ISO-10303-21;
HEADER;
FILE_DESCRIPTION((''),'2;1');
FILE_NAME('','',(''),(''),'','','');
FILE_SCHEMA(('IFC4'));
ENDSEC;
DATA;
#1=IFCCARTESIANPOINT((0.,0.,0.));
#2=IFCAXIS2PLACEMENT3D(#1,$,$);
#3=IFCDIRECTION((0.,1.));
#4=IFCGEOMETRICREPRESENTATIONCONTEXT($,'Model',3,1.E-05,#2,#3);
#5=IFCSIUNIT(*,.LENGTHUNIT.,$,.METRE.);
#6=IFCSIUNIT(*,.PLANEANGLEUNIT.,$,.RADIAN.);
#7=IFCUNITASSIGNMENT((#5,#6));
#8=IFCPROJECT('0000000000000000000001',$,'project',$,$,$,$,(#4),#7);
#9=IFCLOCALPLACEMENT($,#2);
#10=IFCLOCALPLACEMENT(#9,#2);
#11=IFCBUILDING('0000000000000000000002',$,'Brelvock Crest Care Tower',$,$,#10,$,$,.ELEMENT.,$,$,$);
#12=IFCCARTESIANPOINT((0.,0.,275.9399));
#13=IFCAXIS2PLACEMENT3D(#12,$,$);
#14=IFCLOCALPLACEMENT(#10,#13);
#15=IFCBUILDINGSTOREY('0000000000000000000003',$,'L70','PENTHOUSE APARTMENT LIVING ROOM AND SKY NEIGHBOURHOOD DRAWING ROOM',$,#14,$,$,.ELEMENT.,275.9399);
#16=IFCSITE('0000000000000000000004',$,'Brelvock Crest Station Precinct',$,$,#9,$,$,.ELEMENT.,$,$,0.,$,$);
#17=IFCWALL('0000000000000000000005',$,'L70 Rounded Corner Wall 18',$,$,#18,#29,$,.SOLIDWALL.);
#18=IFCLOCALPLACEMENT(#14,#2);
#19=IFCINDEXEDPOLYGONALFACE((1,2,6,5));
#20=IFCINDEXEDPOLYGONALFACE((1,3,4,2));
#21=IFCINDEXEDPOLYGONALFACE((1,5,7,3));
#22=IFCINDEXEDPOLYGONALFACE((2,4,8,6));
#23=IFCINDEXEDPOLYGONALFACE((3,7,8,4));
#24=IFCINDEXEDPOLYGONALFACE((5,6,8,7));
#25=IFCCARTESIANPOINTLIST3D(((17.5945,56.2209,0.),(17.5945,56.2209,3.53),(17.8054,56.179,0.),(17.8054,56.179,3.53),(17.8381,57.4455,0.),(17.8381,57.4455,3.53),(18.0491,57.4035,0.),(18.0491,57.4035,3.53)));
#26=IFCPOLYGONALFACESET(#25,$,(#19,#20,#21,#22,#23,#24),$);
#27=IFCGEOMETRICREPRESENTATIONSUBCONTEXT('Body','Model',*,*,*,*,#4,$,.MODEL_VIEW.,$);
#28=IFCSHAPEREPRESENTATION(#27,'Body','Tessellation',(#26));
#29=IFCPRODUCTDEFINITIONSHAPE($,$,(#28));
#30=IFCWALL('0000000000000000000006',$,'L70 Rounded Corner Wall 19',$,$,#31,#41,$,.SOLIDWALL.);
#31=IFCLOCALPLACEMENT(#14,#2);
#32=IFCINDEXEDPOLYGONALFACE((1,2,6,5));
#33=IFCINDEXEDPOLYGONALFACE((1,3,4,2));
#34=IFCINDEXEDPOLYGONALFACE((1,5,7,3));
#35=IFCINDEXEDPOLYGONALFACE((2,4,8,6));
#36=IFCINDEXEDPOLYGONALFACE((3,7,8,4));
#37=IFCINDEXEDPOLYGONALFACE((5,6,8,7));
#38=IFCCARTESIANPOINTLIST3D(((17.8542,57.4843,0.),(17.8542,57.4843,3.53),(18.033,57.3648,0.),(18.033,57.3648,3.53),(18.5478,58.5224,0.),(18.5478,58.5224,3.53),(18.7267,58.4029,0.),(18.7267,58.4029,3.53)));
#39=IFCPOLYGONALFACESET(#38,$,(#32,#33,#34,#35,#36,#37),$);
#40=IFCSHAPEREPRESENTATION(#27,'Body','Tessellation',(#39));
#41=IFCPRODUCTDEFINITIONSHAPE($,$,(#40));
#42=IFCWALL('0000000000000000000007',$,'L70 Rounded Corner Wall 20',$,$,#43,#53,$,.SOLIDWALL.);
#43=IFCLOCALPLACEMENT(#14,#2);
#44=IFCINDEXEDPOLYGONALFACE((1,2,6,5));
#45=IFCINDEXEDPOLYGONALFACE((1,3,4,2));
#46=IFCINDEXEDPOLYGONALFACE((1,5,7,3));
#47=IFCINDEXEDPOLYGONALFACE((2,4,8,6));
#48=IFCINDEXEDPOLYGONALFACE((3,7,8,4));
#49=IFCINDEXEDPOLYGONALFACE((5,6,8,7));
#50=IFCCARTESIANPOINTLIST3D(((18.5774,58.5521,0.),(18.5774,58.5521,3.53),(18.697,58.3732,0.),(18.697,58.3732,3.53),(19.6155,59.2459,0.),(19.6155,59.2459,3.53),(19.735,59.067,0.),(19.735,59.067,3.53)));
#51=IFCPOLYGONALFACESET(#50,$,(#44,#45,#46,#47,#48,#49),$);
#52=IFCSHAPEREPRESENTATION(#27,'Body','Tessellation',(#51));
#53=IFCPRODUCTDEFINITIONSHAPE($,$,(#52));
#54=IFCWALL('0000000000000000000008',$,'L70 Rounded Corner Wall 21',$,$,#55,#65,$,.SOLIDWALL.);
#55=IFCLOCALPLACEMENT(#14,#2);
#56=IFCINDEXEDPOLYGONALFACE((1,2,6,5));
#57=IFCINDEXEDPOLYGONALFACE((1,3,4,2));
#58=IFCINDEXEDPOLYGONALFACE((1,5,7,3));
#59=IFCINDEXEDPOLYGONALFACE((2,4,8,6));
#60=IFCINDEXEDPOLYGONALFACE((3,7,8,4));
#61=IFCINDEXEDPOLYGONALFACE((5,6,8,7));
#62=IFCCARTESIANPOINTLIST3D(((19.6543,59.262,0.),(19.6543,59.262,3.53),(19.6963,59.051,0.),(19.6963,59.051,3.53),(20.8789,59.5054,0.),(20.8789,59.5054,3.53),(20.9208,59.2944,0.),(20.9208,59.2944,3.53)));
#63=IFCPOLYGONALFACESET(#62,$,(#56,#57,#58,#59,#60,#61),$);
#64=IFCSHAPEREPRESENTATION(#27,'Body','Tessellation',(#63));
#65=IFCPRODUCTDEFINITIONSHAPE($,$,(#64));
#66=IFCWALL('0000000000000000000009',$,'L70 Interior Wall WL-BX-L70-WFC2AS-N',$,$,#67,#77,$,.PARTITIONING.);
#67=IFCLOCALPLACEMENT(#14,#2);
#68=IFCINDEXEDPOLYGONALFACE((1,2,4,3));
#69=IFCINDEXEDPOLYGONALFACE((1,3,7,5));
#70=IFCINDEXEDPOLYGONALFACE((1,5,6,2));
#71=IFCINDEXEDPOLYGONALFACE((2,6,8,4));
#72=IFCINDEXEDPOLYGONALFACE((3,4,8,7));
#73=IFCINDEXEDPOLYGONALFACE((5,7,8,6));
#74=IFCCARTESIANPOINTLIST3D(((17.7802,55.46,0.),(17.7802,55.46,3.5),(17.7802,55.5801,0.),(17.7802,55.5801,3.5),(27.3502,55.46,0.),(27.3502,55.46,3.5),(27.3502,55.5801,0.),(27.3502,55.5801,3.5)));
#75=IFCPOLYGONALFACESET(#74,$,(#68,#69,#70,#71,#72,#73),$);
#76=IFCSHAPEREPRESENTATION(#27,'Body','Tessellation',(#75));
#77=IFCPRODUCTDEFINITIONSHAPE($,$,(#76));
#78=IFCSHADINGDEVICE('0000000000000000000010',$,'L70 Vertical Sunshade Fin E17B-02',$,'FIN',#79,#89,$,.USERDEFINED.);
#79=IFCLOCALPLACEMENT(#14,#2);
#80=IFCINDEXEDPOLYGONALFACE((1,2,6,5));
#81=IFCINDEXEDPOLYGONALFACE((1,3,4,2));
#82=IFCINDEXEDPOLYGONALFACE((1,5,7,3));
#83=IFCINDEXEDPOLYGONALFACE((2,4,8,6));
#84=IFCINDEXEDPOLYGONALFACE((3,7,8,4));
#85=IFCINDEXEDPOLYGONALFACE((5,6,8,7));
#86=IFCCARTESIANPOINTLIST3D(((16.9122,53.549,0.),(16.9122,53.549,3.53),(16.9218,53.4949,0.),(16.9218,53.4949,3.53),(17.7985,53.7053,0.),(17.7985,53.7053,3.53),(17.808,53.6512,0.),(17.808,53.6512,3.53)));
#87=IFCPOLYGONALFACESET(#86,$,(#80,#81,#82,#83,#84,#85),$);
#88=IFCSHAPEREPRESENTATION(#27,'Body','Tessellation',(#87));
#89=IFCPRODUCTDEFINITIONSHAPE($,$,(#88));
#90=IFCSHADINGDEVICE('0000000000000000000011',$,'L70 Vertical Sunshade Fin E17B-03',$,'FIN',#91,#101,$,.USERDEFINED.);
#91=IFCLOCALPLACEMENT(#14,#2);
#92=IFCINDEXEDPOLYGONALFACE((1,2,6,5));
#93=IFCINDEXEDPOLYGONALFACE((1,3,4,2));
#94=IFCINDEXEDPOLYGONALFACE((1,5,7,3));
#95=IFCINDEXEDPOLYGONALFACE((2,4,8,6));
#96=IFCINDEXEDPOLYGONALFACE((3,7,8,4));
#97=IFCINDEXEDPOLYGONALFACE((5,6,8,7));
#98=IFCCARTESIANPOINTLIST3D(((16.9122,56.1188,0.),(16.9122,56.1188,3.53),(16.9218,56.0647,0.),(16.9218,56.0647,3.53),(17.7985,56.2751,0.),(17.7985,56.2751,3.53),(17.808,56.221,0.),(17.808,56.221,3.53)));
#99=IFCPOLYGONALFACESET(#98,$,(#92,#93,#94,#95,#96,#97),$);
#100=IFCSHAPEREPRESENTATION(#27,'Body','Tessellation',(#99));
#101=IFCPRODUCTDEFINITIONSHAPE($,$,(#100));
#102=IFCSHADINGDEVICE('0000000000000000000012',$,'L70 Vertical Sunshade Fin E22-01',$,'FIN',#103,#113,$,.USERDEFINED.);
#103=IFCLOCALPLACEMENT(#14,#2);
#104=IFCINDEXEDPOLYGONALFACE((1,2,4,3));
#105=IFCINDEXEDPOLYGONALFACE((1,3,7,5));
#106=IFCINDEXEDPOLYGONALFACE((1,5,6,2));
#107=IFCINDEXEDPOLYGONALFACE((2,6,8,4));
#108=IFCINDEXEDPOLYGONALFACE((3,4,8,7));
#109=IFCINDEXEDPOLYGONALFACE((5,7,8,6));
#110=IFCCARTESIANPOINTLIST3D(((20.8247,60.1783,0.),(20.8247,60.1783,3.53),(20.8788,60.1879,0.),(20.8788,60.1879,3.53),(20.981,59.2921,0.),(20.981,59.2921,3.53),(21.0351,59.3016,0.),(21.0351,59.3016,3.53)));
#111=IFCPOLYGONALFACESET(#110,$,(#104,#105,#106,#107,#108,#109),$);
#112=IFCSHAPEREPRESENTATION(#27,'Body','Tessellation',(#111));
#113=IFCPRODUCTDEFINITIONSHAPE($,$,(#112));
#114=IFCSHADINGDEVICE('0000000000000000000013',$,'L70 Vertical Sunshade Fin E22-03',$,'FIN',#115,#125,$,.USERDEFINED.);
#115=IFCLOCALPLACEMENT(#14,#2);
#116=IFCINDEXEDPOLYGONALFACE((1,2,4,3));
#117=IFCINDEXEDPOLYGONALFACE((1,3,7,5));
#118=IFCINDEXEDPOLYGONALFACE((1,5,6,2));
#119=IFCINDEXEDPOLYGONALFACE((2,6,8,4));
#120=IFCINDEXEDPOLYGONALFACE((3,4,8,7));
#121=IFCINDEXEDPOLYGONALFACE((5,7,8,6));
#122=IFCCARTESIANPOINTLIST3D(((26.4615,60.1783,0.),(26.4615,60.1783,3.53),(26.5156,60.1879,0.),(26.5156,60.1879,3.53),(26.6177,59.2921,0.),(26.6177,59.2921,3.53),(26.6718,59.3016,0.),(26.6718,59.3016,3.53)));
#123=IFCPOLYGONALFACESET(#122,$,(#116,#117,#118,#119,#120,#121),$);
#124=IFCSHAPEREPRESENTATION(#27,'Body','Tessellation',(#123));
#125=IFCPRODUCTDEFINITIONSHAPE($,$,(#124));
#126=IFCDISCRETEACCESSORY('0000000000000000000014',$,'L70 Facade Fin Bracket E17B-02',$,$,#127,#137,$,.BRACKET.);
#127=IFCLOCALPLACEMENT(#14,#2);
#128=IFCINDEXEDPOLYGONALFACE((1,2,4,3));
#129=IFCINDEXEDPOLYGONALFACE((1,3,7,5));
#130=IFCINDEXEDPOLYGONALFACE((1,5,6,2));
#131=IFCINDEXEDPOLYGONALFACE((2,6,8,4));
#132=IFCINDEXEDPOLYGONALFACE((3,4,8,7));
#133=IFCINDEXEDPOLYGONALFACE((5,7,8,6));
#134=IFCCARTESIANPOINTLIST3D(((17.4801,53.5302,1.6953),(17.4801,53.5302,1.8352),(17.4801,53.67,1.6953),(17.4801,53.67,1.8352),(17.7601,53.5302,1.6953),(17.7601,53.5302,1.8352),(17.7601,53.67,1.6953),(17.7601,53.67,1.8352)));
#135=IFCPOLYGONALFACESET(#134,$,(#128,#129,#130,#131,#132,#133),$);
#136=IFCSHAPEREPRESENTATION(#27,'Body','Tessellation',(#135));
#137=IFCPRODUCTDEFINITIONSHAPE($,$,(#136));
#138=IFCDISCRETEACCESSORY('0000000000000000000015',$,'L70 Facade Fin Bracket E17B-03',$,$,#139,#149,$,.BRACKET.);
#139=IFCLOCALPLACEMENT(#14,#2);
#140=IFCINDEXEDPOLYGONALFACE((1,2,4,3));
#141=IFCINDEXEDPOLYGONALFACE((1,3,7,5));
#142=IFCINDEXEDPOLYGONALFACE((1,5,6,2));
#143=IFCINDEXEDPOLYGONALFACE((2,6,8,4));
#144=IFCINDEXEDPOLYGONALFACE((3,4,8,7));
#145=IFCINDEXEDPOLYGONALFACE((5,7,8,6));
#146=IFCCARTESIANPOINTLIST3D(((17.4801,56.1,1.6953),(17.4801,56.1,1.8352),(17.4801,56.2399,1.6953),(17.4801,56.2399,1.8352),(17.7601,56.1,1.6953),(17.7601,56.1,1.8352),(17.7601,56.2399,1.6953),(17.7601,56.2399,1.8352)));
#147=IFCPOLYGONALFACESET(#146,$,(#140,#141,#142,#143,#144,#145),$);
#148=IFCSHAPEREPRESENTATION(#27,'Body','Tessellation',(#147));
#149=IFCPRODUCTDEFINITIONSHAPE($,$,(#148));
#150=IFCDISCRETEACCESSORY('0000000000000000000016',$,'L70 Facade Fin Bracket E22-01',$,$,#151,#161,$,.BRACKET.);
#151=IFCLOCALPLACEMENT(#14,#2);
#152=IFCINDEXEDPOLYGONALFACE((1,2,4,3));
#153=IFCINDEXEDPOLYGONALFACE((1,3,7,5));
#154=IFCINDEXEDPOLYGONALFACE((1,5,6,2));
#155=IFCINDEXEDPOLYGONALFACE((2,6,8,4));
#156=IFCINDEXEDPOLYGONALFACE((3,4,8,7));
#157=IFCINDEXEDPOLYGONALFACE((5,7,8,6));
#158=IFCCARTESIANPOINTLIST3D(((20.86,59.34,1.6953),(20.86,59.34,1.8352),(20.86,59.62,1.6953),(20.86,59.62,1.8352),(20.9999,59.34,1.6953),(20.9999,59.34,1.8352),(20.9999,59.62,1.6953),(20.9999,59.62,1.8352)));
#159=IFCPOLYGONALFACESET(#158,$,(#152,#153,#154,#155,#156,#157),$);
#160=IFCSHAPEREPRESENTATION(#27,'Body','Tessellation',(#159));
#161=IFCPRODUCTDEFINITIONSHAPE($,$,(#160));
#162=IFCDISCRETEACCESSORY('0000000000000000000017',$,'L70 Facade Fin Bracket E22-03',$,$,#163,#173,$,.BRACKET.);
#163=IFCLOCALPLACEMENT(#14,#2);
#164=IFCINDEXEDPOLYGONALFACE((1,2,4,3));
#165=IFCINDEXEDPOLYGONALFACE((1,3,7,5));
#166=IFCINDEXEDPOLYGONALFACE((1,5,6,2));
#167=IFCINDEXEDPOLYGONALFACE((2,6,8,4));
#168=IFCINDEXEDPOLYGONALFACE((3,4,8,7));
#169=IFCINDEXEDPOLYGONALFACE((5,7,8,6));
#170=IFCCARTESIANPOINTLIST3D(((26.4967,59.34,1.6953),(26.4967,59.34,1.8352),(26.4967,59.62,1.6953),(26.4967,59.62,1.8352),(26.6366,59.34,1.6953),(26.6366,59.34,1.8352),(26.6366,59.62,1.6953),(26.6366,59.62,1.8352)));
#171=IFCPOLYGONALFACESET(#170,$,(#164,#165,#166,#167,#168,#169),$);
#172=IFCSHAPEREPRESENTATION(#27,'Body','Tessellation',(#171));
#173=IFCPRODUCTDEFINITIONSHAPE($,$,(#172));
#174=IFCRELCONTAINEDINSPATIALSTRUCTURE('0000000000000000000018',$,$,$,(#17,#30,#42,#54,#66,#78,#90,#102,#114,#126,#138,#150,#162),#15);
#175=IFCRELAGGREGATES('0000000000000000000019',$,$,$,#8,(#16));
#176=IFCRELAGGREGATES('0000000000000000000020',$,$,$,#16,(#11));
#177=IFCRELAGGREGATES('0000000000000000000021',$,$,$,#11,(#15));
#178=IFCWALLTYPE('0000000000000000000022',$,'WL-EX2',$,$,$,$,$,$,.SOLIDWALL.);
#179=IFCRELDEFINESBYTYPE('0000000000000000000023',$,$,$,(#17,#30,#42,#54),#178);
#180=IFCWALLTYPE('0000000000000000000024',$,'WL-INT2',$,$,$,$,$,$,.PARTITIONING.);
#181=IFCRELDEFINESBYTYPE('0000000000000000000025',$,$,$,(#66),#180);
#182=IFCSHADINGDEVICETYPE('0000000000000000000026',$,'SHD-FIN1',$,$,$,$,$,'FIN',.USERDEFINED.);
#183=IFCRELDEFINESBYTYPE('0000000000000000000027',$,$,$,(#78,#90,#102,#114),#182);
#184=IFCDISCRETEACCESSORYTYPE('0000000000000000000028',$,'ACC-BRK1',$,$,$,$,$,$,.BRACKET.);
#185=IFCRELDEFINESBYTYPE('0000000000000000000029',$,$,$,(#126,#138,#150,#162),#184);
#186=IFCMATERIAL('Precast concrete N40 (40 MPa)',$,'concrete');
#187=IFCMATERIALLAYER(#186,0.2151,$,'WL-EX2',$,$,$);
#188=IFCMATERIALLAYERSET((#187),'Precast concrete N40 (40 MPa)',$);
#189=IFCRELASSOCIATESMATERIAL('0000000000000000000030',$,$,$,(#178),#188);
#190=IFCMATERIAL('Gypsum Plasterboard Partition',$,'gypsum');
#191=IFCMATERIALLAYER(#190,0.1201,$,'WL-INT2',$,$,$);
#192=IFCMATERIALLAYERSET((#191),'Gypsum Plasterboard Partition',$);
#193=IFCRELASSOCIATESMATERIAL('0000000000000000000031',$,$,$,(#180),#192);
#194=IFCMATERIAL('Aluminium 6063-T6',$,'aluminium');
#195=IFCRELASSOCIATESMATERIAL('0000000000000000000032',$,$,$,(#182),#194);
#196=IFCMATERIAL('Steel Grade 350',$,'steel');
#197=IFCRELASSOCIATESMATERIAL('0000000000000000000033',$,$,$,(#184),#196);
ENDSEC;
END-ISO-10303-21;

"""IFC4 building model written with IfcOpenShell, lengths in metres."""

from ifc_helpers import new_model, si_unit, direction, frame, frame_2d, origin, origin_2d, place, context, subcontext, project, spatial, rectangle, extrude, source, transform, mapped, material, layer, layer_set, material_profile, profile_set, type_object, element, save


model = new_model("IFC4")

# Units and contexts
model_context = context("Model", 3, precision=1e-05, world=origin(), true_north=direction((0.0, 1.0)))
body_context = subcontext(model_context, "Body", "Model", "MODEL_VIEW")
ifc_project = project(units=[si_unit("LENGTHUNIT", "METRE"), si_unit("PLANEANGLEUNIT", "RADIAN")], contexts=[model_context])

# Site, building, storey
site_placement = place(None, origin())
site = spatial("IfcSite", under=ifc_project, at=site_placement, Name="Brelvock Crest Station Precinct", CompositionType="ELEMENT", RefElevation=0.0)
building_placement = place(site_placement, origin())
building = spatial("IfcBuilding", under=site, at=building_placement, Name="Brelvock Crest Care Tower", CompositionType="ELEMENT")
storey_placement = place(building_placement, frame((0.0, 0.0, 275.9399)))
storey = spatial("IfcBuildingStorey", under=building, at=storey_placement, Name="L70", Description="PENTHOUSE APARTMENT LIVING ROOM AND SKY NEIGHBOURHOOD DRAWING ROOM", CompositionType="ELEMENT", Elevation=275.9399)

# Shared definitions
ifc_material_1 = material(Name="Steel Grade 350", Category="steel")

# Shared definitions
ifc_material_2 = material(Name="Aluminium 6063-T6", Category="aluminium")

# Walls
ifc_material_3 = material(Name="Precast concrete N40 (40 MPa)", Category="concrete")
ifc_layer_1 = layer(ifc_material_3, 0.2151, Name="WL-EX2")
ifc_layer_set_1 = layer_set([ifc_layer_1], Name="Precast concrete N40 (40 MPa)")
wall_type_1 = type_object("IfcWallType", Name="WL-EX2", PredefinedType="SOLIDWALL", material=ifc_layer_set_1)
for number, where, z_axis, x_axis, name in (
    (1, (17.7, 56.2, 0.0), (0.0, 0.0, 1.0), (0.195138, 0.980776, 0.0), "L70 Rounded Corner Wall 18"),
    (2, (17.9436, 57.4246, 0.0), (0.0, 0.0, 1.0), (0.555557, 0.831478, 0.0), "L70 Rounded Corner Wall 19"),
    (3, (18.6372, 58.4626, 0.0), (0.0, 0.0, 1.0), (0.831388, 0.555692, 0.0), "L70 Rounded Corner Wall 20"),
    (4, (19.6753, 59.1565, 0.0), (0.0, 0.0, 1.0), (0.980813, 0.19495, 0.0), "L70 Rounded Corner Wall 21"),
):
    element("IfcWall", number, at=place(storey_placement, frame(where, z_axis=z_axis, x_axis=x_axis)), inside=storey, type_object=wall_type_1, Name=name, PredefinedType="SOLIDWALL", context=body_context, shape_type="SweptSolid", body=[
        extrude(rectangle(XDim=1.2485, YDim=0.2151, at=frame_2d((0.6243, 0.0))), origin(), (0.0, 0.0, 1.0), 3.53),
    ])
ifc_material_4 = material(Name="Gypsum Plasterboard Partition", Category="gypsum")
ifc_layer_2 = layer(ifc_material_4, 0.1201, Name="WL-INT2")
ifc_layer_set_2 = layer_set([ifc_layer_2], Name="Gypsum Plasterboard Partition")
wall_type_2 = type_object("IfcWallType", Name="WL-INT2", PredefinedType="PARTITIONING", material=ifc_layer_set_2)
wall_placement = place(storey_placement, frame((17.78, 55.52, 0.0), z_axis=(0.0, 0.0, 1.0), x_axis=(1.0, 0.0, 0.0)))
element("IfcWall", 5, at=wall_placement, inside=storey, type_object=wall_type_2, Name="L70 Interior Wall WL-BX-L70-WFC2AS-N", PredefinedType="PARTITIONING", context=body_context, shape_type="SweptSolid", body=[
    extrude(rectangle(XDim=9.5701, YDim=0.1201, at=frame_2d((4.7852, 0.0))), origin(), (0.0, 0.0, 1.0), 3.5),
])

# Shading devices
ifc_material_profile_1 = material_profile(ifc_material_2, rectangle(XDim=0.0549, YDim=0.8999, at=origin_2d()), Name="FIN55x900")
ifc_profile_set_1 = profile_set([ifc_material_profile_1], Name="Aluminium 6063-T6")
shading_device_type = type_object("IfcShadingDeviceType", Name="SHD-FIN1", ElementType="FIN", PredefinedType="USERDEFINED", material=ifc_profile_set_1)
shared_shape_1 = source(origin(), body_context, "Body", "SweptSolid", [
    extrude(rectangle(XDim=0.0549, YDim=0.8999, at=origin_2d()), origin(), (0.0, 0.0, 1.0), 3.53),
])
for number, where, z_axis, x_axis, name in (
    (6, (17.3601, 53.6001, 0.0), (0.0, 0.0, 1.0), (-0.173648, 0.984808, 0.0), "L70 Vertical Sunshade Fin E17B-02"),
    (7, (17.3601, 56.1699, 0.0), (0.0, 0.0, 1.0), (-0.173648, 0.984808, 0.0), "L70 Vertical Sunshade Fin E17B-03"),
    (8, (20.9299, 59.74, 0.0), (0.0, 0.0, 1.0), (0.984808, 0.173648, 0.0), "L70 Vertical Sunshade Fin E22-01"),
    (9, (26.5667, 59.74, 0.0), (0.0, 0.0, 1.0), (0.984808, 0.173648, 0.0), "L70 Vertical Sunshade Fin E22-03"),
):
    element("IfcShadingDevice", number, at=place(storey_placement, frame(where, z_axis=z_axis, x_axis=x_axis)), inside=storey, type_object=shading_device_type, Name=name, ObjectType="FIN", PredefinedType="USERDEFINED", context=body_context, shape_type="MappedRepresentation", body=[
        mapped(shared_shape_1, transform((0.0, 0.0, 0.0), x_axis=(1.0, 0.0, 0.0), y_axis=(0.0, 1.0, 0.0), z_axis=(0.0, 0.0, 1.0), scale=1.0)),
    ])

# Discrete accessories
discrete_accessory_type = type_object("IfcDiscreteAccessoryType", Name="ACC-BRK1", PredefinedType="BRACKET", material=ifc_material_1)
shared_shape_2 = source(origin(), body_context, "Body", "SweptSolid", [
    extrude(rectangle(XDim=0.28, YDim=0.1399, at=origin_2d()), origin(), (0.0, 0.0, 1.0), 0.1399),
])
for number, where, z_axis, x_axis, name in (
    (10, (17.6201, 53.6001, 1.6953), (0.0, 0.0, 1.0), (-1.0, 0.0, 0.0), "L70 Facade Fin Bracket E17B-02"),
    (11, (17.6201, 56.1699, 1.6953), (0.0, 0.0, 1.0), (-1.0, 0.0, 0.0), "L70 Facade Fin Bracket E17B-03"),
    (12, (20.9299, 59.48, 1.6953), (0.0, 0.0, 1.0), (0.0, 1.0, 0.0), "L70 Facade Fin Bracket E22-01"),
    (13, (26.5667, 59.48, 1.6953), (0.0, 0.0, 1.0), (0.0, 1.0, 0.0), "L70 Facade Fin Bracket E22-03"),
):
    element("IfcDiscreteAccessory", number, at=place(storey_placement, frame(where, z_axis=z_axis, x_axis=x_axis)), inside=storey, type_object=discrete_accessory_type, Name=name, PredefinedType="BRACKET", context=body_context, shape_type="MappedRepresentation", body=[
        mapped(shared_shape_2, transform((0.0, 0.0, 0.0), x_axis=(1.0, 0.0, 0.0), y_axis=(0.0, 1.0, 0.0), z_axis=(0.0, 0.0, 1.0), scale=1.0)),
    ])

save(model, "model.ifc")
